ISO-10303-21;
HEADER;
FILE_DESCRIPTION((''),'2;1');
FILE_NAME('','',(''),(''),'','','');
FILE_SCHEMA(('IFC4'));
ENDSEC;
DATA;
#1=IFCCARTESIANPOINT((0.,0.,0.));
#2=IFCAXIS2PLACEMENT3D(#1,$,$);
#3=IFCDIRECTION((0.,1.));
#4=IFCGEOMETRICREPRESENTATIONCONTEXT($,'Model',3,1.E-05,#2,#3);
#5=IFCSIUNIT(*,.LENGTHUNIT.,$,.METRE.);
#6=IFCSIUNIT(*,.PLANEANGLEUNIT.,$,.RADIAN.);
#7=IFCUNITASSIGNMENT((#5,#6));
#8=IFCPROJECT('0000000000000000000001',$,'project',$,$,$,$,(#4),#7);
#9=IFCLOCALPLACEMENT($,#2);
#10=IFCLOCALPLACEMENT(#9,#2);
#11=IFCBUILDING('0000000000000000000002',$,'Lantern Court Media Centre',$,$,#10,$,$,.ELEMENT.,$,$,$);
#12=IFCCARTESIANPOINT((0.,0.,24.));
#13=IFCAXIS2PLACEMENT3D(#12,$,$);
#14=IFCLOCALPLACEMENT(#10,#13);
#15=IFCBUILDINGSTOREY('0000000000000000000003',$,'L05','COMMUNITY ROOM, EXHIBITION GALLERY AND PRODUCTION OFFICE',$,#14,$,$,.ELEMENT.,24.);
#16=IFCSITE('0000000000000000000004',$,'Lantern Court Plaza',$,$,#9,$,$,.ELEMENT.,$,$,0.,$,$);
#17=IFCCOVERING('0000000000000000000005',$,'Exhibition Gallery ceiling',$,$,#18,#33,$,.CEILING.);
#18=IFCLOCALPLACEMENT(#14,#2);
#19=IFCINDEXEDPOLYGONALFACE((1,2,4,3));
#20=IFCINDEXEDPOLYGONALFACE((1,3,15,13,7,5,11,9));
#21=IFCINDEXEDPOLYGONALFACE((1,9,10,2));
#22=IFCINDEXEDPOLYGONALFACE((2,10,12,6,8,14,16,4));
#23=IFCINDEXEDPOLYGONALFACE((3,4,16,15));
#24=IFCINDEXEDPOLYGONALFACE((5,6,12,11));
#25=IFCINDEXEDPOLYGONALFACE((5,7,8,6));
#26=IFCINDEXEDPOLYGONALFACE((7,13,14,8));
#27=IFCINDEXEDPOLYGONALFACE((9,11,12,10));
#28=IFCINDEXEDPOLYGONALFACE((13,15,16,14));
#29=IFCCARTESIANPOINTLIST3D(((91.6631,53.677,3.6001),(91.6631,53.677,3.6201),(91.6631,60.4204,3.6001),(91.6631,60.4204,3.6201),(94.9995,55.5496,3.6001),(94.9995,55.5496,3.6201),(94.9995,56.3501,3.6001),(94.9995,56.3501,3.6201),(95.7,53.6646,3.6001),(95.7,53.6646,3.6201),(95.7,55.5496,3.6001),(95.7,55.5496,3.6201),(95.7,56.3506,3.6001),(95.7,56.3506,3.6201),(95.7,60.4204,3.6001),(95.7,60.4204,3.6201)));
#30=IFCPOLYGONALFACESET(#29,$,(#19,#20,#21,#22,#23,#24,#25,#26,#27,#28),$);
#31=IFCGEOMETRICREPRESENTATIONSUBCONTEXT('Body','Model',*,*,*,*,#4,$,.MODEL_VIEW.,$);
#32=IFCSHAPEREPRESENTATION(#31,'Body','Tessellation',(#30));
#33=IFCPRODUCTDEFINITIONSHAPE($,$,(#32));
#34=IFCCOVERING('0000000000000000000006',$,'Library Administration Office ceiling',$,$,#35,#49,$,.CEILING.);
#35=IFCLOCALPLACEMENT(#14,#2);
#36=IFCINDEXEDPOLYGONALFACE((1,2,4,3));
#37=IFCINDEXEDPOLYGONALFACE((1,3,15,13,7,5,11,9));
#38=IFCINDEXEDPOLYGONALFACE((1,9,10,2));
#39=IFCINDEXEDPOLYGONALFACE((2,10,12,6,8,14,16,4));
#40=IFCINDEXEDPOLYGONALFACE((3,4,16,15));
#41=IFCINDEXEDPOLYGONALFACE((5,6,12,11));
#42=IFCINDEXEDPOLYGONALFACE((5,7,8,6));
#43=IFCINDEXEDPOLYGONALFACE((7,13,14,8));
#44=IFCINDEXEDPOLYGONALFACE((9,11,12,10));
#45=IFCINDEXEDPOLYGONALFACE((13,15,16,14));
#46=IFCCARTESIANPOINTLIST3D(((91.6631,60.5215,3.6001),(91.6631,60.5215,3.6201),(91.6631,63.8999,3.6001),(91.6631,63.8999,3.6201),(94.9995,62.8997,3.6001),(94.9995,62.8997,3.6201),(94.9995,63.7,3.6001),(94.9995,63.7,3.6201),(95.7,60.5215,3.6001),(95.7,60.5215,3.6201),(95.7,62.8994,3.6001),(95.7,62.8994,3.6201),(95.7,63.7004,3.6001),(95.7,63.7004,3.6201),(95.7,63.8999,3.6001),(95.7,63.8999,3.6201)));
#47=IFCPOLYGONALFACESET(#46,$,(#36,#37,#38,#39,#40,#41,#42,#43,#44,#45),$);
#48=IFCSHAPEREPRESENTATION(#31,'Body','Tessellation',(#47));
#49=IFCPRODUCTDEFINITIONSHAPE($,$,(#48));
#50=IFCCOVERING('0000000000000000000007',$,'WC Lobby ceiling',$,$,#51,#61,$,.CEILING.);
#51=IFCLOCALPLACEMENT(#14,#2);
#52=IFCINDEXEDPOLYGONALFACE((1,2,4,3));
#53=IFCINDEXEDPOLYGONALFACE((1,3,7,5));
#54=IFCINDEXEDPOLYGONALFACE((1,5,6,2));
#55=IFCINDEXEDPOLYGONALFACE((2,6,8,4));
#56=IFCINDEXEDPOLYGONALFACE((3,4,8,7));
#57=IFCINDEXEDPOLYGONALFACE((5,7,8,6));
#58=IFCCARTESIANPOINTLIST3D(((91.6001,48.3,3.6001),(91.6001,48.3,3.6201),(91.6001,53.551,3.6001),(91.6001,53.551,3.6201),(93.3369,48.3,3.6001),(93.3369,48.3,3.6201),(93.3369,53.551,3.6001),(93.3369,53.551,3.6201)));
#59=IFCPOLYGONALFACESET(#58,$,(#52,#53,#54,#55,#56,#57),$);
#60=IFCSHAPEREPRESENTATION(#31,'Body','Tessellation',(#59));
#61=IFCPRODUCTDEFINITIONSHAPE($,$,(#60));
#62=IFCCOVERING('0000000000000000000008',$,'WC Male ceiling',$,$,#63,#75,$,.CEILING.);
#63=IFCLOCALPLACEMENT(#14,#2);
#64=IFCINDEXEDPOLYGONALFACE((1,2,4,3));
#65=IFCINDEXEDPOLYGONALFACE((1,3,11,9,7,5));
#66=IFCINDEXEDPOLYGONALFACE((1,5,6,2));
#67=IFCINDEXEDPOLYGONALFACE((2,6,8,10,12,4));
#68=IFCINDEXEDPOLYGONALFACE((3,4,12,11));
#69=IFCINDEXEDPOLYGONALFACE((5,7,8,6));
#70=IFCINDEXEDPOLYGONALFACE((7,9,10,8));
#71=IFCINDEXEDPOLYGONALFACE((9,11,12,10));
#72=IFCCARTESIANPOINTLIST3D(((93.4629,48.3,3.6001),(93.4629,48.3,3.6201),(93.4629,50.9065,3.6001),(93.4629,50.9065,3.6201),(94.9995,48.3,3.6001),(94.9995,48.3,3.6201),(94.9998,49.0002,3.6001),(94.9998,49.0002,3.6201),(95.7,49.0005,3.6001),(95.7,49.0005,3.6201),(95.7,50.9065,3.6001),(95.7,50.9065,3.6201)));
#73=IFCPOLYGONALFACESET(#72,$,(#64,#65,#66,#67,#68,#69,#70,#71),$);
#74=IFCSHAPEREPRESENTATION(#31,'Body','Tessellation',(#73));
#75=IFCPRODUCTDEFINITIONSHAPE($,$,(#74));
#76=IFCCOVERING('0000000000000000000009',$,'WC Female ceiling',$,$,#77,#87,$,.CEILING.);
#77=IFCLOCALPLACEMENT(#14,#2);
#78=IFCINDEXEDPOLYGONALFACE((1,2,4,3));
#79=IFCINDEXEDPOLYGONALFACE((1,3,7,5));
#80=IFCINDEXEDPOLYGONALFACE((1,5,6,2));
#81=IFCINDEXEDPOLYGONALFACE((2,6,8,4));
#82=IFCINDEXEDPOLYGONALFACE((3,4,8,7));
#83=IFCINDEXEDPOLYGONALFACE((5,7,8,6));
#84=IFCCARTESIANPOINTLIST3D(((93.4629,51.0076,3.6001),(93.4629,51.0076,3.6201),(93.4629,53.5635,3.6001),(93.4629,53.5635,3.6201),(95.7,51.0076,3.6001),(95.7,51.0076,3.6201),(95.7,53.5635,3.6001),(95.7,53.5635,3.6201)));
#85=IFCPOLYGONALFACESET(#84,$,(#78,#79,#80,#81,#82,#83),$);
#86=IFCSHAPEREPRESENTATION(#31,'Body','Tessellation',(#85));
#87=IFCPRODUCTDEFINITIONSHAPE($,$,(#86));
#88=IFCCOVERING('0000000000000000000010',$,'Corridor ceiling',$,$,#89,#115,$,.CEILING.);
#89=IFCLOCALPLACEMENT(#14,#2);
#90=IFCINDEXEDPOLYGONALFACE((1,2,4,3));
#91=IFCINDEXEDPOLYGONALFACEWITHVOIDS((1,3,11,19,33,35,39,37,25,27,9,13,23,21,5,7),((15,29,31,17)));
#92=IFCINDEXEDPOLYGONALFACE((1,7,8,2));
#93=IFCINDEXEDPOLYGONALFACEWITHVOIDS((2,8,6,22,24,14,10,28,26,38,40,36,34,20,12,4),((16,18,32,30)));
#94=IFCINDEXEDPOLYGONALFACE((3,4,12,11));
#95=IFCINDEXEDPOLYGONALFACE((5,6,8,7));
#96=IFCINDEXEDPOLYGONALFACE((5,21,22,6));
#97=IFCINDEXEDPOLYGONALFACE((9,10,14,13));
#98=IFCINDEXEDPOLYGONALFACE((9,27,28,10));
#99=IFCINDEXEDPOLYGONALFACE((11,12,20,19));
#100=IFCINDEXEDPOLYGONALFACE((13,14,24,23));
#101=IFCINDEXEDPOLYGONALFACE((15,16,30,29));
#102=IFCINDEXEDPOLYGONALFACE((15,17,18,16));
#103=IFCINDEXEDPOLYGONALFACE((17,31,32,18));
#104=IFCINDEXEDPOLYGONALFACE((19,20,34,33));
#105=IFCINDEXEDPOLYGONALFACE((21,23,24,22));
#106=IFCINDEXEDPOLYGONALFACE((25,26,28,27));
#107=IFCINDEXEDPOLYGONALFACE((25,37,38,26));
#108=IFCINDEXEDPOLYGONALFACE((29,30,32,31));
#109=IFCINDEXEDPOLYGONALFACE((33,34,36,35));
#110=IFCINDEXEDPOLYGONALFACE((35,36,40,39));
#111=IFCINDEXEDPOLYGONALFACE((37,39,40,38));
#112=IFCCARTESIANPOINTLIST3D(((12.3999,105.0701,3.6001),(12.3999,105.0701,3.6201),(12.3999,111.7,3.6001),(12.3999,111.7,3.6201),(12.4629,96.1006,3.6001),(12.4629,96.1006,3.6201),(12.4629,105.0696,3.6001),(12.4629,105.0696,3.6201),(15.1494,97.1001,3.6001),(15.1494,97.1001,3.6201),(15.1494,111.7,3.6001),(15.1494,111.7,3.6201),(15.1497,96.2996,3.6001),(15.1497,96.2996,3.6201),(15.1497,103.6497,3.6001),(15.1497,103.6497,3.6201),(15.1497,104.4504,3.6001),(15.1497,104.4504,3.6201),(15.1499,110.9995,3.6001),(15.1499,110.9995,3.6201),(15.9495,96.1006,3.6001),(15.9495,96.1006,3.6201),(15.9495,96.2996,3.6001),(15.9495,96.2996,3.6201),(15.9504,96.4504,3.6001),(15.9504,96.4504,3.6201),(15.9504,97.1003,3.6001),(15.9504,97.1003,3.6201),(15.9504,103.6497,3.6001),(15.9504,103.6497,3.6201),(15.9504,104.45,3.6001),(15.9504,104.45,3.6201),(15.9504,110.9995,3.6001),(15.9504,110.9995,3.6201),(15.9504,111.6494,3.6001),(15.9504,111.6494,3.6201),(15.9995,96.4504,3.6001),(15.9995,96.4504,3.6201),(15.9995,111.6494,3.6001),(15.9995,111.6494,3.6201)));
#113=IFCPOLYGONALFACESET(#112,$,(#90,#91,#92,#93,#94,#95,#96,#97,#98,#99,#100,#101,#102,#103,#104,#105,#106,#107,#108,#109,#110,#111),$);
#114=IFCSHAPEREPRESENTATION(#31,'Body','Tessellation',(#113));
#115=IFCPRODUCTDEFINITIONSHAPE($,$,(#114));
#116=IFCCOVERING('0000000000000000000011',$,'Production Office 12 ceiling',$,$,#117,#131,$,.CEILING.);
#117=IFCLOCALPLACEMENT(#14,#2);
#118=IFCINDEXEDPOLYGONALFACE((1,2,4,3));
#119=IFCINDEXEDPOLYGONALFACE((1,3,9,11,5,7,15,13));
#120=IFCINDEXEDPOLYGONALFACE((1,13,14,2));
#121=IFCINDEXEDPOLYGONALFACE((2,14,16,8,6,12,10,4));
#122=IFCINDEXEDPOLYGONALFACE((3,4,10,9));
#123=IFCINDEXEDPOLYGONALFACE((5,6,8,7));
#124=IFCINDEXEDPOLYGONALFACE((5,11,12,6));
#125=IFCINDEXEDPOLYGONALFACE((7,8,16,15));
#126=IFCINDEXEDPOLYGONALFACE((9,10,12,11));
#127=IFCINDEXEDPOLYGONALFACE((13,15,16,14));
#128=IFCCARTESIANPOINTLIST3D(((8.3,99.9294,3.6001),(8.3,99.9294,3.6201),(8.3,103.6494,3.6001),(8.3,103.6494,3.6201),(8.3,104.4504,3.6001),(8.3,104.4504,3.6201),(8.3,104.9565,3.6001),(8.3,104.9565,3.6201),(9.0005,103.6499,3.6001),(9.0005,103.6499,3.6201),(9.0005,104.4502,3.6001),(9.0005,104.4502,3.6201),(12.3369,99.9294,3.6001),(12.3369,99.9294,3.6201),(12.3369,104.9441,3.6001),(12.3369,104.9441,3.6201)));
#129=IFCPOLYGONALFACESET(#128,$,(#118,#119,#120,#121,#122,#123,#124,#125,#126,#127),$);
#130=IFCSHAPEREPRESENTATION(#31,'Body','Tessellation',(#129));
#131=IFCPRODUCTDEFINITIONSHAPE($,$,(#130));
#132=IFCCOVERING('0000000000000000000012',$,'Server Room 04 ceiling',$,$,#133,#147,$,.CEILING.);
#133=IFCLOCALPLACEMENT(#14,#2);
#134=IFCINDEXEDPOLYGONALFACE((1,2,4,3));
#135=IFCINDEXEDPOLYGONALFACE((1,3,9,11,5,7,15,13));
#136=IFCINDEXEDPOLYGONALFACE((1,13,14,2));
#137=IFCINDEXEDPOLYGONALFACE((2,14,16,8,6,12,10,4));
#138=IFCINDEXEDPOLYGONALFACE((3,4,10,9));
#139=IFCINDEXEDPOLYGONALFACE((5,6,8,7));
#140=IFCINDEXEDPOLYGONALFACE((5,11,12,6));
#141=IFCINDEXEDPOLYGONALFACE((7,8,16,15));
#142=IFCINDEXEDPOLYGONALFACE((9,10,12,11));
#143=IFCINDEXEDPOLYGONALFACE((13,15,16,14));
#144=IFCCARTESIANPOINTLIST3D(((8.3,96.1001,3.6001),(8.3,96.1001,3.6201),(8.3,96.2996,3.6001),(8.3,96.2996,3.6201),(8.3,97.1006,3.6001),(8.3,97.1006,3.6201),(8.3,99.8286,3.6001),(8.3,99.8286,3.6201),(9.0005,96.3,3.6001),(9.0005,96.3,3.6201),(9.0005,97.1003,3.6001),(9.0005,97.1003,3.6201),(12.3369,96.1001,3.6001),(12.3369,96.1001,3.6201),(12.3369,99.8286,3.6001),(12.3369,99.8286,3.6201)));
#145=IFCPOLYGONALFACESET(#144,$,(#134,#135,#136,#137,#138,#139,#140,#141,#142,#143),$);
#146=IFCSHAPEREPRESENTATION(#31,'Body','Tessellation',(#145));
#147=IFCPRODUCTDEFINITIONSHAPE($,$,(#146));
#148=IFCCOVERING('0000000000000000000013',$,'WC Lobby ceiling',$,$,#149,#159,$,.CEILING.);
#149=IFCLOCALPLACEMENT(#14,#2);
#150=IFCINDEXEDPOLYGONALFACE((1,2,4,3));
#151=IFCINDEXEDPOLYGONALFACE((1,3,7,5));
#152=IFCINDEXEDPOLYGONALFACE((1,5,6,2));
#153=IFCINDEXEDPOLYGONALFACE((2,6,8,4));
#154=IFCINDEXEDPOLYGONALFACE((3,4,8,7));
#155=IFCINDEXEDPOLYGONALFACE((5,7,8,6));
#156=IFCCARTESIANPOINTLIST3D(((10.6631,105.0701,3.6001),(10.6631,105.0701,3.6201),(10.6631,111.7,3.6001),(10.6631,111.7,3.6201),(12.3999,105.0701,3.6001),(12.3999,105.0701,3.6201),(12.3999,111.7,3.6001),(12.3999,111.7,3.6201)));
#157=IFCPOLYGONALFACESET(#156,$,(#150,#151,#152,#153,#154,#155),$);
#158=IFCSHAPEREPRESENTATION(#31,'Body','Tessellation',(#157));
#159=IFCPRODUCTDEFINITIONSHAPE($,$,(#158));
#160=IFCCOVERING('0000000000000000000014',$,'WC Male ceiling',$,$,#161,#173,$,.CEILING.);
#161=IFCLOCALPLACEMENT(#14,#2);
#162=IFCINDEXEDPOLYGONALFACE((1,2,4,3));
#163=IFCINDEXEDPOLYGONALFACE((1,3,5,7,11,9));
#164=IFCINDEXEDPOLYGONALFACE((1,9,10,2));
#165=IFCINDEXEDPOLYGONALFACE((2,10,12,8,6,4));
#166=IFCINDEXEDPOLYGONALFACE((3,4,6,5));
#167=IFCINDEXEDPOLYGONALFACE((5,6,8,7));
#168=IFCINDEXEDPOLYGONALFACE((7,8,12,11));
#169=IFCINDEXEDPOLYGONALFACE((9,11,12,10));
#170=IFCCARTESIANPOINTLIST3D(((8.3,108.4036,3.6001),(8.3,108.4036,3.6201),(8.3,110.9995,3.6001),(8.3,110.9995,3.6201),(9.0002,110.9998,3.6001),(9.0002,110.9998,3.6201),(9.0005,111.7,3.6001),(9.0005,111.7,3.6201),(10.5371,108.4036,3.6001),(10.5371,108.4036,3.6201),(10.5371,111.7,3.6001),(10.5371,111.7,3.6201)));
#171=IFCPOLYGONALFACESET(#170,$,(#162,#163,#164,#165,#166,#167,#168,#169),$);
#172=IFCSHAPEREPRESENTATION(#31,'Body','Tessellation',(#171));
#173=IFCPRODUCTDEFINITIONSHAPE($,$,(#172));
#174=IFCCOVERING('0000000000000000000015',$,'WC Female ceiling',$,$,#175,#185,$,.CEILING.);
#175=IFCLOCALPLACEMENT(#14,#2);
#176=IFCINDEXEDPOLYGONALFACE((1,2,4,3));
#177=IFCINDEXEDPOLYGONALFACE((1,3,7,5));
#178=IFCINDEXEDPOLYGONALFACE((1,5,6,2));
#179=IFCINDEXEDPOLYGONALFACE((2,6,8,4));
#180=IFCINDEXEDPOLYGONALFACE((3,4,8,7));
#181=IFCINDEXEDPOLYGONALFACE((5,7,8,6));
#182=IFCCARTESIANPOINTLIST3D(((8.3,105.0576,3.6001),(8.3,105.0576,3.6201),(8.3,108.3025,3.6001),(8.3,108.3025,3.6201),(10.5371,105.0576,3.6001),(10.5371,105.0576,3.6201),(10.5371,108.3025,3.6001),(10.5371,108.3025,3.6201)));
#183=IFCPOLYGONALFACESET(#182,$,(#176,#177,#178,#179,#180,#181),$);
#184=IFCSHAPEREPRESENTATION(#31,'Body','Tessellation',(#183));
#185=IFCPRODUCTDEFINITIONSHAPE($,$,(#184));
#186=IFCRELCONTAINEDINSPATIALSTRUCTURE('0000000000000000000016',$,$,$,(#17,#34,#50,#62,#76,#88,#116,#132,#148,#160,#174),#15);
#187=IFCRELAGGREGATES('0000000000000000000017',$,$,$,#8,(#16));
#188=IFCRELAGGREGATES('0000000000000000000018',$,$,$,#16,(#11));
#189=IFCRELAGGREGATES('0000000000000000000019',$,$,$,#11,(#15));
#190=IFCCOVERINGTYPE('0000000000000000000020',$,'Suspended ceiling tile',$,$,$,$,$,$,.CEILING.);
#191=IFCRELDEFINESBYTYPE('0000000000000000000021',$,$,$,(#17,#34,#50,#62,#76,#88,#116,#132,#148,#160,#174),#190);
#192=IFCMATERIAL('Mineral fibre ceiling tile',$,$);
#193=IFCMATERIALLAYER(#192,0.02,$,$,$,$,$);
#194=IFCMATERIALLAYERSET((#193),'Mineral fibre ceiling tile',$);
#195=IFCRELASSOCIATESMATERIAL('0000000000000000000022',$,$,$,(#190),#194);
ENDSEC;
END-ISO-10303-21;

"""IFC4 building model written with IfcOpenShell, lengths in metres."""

from ifc_helpers import new_model, si_unit, direction, frame, origin, place, context, subcontext, project, spatial, polyline, outline, extrude, material, layer, layer_set, type_object, element, save


model = new_model("IFC4")

# Units and contexts
model_context = context("Model", 3, precision=1e-05, world=origin(), true_north=direction((0.0, 1.0)))
body_context = subcontext(model_context, "Body", "Model", "MODEL_VIEW")
ifc_project = project(units=[si_unit("LENGTHUNIT", "METRE"), si_unit("PLANEANGLEUNIT", "RADIAN")], contexts=[model_context])

# Site, building, storey
site_placement = place(None, origin())
site = spatial("IfcSite", under=ifc_project, at=site_placement, Name="Lantern Court Plaza", CompositionType="ELEMENT", RefElevation=0.0)
building_placement = place(site_placement, origin())
building = spatial("IfcBuilding", under=site, at=building_placement, Name="Lantern Court Media Centre", CompositionType="ELEMENT")
storey_placement = place(building_placement, frame((0.0, 0.0, 24.0)))
storey = spatial("IfcBuildingStorey", under=building, at=storey_placement, Name="L05", Description="COMMUNITY ROOM, EXHIBITION GALLERY AND PRODUCTION OFFICE", CompositionType="ELEMENT", Elevation=24.0)

# Coverings
ifc_material_1 = material(Name="Mineral fibre ceiling tile")
ifc_layer_1 = layer(ifc_material_1, 0.02)
ifc_layer_set_1 = layer_set([ifc_layer_1], Name="Mineral fibre ceiling tile")
covering_type_1 = type_object("IfcCoveringType", Name="Suspended ceiling tile", PredefinedType="CEILING", material=ifc_layer_set_1)
covering_1_placement = place(storey_placement, frame((0.0, 0.0, 3.6001)))
element("IfcCovering", 1, at=covering_1_placement, inside=storey, type_object=covering_type_1, Name="Exhibition Gallery ceiling", PredefinedType="CEILING", context=body_context, shape_type="SweptSolid", body=[
    extrude(outline(polyline([(95.7, 53.6646), (91.6631, 53.677), (91.6631, 60.4204), (95.7, 60.4204), (95.7, 56.3506), (94.9995, 56.3501), (94.9995, 55.5496), (95.7, 55.5496), (95.7, 53.6646)])), origin(), (0.0, 0.0, 1.0), 0.02),
])
covering_2_placement = place(storey_placement, frame((0.0, 0.0, 3.6001)))
element("IfcCovering", 2, at=covering_2_placement, inside=storey, type_object=covering_type_1, Name="Library Administration Office ceiling", PredefinedType="CEILING", context=body_context, shape_type="SweptSolid", body=[
    extrude(outline(polyline([(95.7, 60.5215), (91.6631, 60.5215), (91.6631, 63.8999), (95.7, 63.8999), (95.7, 63.7004), (94.9995, 63.7), (94.9995, 62.8997), (95.7, 62.8994), (95.7, 60.5215)])), origin(), (0.0, 0.0, 1.0), 0.02),
])
covering_3_placement = place(storey_placement, frame((0.0, 0.0, 3.6001)))
element("IfcCovering", 3, at=covering_3_placement, inside=storey, type_object=covering_type_1, Name="WC Lobby ceiling", PredefinedType="CEILING", context=body_context, shape_type="SweptSolid", body=[
    extrude(outline(polyline([(91.6001, 48.3), (91.6001, 53.551), (93.3369, 53.551), (93.3369, 48.3), (91.6001, 48.3)])), origin(), (0.0, 0.0, 1.0), 0.02),
])
covering_4_placement = place(storey_placement, frame((0.0, 0.0, 3.6001)))
element("IfcCovering", 4, at=covering_4_placement, inside=storey, type_object=covering_type_1, Name="WC Male ceiling", PredefinedType="CEILING", context=body_context, shape_type="SweptSolid", body=[
    extrude(outline(polyline([(95.7, 49.0005), (94.9998, 49.0002), (94.9995, 48.3), (93.4629, 48.3), (93.4629, 50.9065), (95.7, 50.9065), (95.7, 49.0005)])), origin(), (0.0, 0.0, 1.0), 0.02),
])
covering_5_placement = place(storey_placement, frame((0.0, 0.0, 3.6001)))
element("IfcCovering", 5, at=covering_5_placement, inside=storey, type_object=covering_type_1, Name="WC Female ceiling", PredefinedType="CEILING", context=body_context, shape_type="SweptSolid", body=[
    extrude(outline(polyline([(95.7, 51.0076), (93.4629, 51.0076), (93.4629, 53.5635), (95.7, 53.5635), (95.7, 51.0076)])), origin(), (0.0, 0.0, 1.0), 0.02),
])
covering_6_placement = place(storey_placement, frame((0.0, 0.0, 3.6001)))
element("IfcCovering", 6, at=covering_6_placement, inside=storey, type_object=covering_type_1, Name="Corridor ceiling", PredefinedType="CEILING", context=body_context, shape_type="SweptSolid", body=[
    extrude(outline(polyline([(12.3999, 111.7), (15.1494, 111.7), (15.1499, 110.9995), (15.9504, 110.9995), (15.9504, 111.6494), (15.9995, 111.6494), (15.9995, 96.4504), (15.9504, 96.4504), (15.9504, 97.1003), (15.1494, 97.1001), (15.1497, 96.2996), (15.9495, 96.2996), (15.9495, 96.1006), (12.4629, 96.1006), (12.4629, 105.0696), (12.3999, 105.0701), (12.3999, 111.7)]), holes=[polyline([(15.9504, 104.45), (15.1497, 104.4504), (15.1497, 103.6497), (15.9504, 103.6497), (15.9504, 104.45)])]), origin(), (0.0, 0.0, 1.0), 0.02),
])
covering_7_placement = place(storey_placement, frame((0.0, 0.0, 3.6001)))
element("IfcCovering", 7, at=covering_7_placement, inside=storey, type_object=covering_type_1, Name="Production Office 12 ceiling", PredefinedType="CEILING", context=body_context, shape_type="SweptSolid", body=[
    extrude(outline(polyline([(8.3, 104.9565), (12.3369, 104.9441), (12.3369, 99.9294), (8.3, 99.9294), (8.3, 103.6494), (9.0005, 103.6499), (9.0005, 104.4502), (8.3, 104.4504), (8.3, 104.9565)])), origin(), (0.0, 0.0, 1.0), 0.02),
])
covering_8_placement = place(storey_placement, frame((0.0, 0.0, 3.6001)))
element("IfcCovering", 8, at=covering_8_placement, inside=storey, type_object=covering_type_1, Name="Server Room 04 ceiling", PredefinedType="CEILING", context=body_context, shape_type="SweptSolid", body=[
    extrude(outline(polyline([(8.3, 99.8286), (12.3369, 99.8286), (12.3369, 96.1001), (8.3, 96.1001), (8.3, 96.2996), (9.0005, 96.3), (9.0005, 97.1003), (8.3, 97.1006), (8.3, 99.8286)])), origin(), (0.0, 0.0, 1.0), 0.02),
])
covering_9_placement = place(storey_placement, frame((0.0, 0.0, 3.6001)))
element("IfcCovering", 9, at=covering_9_placement, inside=storey, type_object=covering_type_1, Name="WC Lobby ceiling", PredefinedType="CEILING", context=body_context, shape_type="SweptSolid", body=[
    extrude(outline(polyline([(12.3999, 111.7), (12.3999, 105.0701), (10.6631, 105.0701), (10.6631, 111.7), (12.3999, 111.7)])), origin(), (0.0, 0.0, 1.0), 0.02),
])
covering_10_placement = place(storey_placement, frame((0.0, 0.0, 3.6001)))
element("IfcCovering", 10, at=covering_10_placement, inside=storey, type_object=covering_type_1, Name="WC Male ceiling", PredefinedType="CEILING", context=body_context, shape_type="SweptSolid", body=[
    extrude(outline(polyline([(10.5371, 111.7), (10.5371, 108.4036), (8.3, 108.4036), (8.3, 110.9995), (9.0002, 110.9998), (9.0005, 111.7), (10.5371, 111.7)])), origin(), (0.0, 0.0, 1.0), 0.02),
])
covering_11_placement = place(storey_placement, frame((0.0, 0.0, 3.6001)))
element("IfcCovering", 11, at=covering_11_placement, inside=storey, type_object=covering_type_1, Name="WC Female ceiling", PredefinedType="CEILING", context=body_context, shape_type="SweptSolid", body=[
    extrude(outline(polyline([(8.3, 108.3025), (10.5371, 108.3025), (10.5371, 105.0576), (8.3, 105.0576), (8.3, 108.3025)])), origin(), (0.0, 0.0, 1.0), 0.02),
])

save(model, "model.ifc")
